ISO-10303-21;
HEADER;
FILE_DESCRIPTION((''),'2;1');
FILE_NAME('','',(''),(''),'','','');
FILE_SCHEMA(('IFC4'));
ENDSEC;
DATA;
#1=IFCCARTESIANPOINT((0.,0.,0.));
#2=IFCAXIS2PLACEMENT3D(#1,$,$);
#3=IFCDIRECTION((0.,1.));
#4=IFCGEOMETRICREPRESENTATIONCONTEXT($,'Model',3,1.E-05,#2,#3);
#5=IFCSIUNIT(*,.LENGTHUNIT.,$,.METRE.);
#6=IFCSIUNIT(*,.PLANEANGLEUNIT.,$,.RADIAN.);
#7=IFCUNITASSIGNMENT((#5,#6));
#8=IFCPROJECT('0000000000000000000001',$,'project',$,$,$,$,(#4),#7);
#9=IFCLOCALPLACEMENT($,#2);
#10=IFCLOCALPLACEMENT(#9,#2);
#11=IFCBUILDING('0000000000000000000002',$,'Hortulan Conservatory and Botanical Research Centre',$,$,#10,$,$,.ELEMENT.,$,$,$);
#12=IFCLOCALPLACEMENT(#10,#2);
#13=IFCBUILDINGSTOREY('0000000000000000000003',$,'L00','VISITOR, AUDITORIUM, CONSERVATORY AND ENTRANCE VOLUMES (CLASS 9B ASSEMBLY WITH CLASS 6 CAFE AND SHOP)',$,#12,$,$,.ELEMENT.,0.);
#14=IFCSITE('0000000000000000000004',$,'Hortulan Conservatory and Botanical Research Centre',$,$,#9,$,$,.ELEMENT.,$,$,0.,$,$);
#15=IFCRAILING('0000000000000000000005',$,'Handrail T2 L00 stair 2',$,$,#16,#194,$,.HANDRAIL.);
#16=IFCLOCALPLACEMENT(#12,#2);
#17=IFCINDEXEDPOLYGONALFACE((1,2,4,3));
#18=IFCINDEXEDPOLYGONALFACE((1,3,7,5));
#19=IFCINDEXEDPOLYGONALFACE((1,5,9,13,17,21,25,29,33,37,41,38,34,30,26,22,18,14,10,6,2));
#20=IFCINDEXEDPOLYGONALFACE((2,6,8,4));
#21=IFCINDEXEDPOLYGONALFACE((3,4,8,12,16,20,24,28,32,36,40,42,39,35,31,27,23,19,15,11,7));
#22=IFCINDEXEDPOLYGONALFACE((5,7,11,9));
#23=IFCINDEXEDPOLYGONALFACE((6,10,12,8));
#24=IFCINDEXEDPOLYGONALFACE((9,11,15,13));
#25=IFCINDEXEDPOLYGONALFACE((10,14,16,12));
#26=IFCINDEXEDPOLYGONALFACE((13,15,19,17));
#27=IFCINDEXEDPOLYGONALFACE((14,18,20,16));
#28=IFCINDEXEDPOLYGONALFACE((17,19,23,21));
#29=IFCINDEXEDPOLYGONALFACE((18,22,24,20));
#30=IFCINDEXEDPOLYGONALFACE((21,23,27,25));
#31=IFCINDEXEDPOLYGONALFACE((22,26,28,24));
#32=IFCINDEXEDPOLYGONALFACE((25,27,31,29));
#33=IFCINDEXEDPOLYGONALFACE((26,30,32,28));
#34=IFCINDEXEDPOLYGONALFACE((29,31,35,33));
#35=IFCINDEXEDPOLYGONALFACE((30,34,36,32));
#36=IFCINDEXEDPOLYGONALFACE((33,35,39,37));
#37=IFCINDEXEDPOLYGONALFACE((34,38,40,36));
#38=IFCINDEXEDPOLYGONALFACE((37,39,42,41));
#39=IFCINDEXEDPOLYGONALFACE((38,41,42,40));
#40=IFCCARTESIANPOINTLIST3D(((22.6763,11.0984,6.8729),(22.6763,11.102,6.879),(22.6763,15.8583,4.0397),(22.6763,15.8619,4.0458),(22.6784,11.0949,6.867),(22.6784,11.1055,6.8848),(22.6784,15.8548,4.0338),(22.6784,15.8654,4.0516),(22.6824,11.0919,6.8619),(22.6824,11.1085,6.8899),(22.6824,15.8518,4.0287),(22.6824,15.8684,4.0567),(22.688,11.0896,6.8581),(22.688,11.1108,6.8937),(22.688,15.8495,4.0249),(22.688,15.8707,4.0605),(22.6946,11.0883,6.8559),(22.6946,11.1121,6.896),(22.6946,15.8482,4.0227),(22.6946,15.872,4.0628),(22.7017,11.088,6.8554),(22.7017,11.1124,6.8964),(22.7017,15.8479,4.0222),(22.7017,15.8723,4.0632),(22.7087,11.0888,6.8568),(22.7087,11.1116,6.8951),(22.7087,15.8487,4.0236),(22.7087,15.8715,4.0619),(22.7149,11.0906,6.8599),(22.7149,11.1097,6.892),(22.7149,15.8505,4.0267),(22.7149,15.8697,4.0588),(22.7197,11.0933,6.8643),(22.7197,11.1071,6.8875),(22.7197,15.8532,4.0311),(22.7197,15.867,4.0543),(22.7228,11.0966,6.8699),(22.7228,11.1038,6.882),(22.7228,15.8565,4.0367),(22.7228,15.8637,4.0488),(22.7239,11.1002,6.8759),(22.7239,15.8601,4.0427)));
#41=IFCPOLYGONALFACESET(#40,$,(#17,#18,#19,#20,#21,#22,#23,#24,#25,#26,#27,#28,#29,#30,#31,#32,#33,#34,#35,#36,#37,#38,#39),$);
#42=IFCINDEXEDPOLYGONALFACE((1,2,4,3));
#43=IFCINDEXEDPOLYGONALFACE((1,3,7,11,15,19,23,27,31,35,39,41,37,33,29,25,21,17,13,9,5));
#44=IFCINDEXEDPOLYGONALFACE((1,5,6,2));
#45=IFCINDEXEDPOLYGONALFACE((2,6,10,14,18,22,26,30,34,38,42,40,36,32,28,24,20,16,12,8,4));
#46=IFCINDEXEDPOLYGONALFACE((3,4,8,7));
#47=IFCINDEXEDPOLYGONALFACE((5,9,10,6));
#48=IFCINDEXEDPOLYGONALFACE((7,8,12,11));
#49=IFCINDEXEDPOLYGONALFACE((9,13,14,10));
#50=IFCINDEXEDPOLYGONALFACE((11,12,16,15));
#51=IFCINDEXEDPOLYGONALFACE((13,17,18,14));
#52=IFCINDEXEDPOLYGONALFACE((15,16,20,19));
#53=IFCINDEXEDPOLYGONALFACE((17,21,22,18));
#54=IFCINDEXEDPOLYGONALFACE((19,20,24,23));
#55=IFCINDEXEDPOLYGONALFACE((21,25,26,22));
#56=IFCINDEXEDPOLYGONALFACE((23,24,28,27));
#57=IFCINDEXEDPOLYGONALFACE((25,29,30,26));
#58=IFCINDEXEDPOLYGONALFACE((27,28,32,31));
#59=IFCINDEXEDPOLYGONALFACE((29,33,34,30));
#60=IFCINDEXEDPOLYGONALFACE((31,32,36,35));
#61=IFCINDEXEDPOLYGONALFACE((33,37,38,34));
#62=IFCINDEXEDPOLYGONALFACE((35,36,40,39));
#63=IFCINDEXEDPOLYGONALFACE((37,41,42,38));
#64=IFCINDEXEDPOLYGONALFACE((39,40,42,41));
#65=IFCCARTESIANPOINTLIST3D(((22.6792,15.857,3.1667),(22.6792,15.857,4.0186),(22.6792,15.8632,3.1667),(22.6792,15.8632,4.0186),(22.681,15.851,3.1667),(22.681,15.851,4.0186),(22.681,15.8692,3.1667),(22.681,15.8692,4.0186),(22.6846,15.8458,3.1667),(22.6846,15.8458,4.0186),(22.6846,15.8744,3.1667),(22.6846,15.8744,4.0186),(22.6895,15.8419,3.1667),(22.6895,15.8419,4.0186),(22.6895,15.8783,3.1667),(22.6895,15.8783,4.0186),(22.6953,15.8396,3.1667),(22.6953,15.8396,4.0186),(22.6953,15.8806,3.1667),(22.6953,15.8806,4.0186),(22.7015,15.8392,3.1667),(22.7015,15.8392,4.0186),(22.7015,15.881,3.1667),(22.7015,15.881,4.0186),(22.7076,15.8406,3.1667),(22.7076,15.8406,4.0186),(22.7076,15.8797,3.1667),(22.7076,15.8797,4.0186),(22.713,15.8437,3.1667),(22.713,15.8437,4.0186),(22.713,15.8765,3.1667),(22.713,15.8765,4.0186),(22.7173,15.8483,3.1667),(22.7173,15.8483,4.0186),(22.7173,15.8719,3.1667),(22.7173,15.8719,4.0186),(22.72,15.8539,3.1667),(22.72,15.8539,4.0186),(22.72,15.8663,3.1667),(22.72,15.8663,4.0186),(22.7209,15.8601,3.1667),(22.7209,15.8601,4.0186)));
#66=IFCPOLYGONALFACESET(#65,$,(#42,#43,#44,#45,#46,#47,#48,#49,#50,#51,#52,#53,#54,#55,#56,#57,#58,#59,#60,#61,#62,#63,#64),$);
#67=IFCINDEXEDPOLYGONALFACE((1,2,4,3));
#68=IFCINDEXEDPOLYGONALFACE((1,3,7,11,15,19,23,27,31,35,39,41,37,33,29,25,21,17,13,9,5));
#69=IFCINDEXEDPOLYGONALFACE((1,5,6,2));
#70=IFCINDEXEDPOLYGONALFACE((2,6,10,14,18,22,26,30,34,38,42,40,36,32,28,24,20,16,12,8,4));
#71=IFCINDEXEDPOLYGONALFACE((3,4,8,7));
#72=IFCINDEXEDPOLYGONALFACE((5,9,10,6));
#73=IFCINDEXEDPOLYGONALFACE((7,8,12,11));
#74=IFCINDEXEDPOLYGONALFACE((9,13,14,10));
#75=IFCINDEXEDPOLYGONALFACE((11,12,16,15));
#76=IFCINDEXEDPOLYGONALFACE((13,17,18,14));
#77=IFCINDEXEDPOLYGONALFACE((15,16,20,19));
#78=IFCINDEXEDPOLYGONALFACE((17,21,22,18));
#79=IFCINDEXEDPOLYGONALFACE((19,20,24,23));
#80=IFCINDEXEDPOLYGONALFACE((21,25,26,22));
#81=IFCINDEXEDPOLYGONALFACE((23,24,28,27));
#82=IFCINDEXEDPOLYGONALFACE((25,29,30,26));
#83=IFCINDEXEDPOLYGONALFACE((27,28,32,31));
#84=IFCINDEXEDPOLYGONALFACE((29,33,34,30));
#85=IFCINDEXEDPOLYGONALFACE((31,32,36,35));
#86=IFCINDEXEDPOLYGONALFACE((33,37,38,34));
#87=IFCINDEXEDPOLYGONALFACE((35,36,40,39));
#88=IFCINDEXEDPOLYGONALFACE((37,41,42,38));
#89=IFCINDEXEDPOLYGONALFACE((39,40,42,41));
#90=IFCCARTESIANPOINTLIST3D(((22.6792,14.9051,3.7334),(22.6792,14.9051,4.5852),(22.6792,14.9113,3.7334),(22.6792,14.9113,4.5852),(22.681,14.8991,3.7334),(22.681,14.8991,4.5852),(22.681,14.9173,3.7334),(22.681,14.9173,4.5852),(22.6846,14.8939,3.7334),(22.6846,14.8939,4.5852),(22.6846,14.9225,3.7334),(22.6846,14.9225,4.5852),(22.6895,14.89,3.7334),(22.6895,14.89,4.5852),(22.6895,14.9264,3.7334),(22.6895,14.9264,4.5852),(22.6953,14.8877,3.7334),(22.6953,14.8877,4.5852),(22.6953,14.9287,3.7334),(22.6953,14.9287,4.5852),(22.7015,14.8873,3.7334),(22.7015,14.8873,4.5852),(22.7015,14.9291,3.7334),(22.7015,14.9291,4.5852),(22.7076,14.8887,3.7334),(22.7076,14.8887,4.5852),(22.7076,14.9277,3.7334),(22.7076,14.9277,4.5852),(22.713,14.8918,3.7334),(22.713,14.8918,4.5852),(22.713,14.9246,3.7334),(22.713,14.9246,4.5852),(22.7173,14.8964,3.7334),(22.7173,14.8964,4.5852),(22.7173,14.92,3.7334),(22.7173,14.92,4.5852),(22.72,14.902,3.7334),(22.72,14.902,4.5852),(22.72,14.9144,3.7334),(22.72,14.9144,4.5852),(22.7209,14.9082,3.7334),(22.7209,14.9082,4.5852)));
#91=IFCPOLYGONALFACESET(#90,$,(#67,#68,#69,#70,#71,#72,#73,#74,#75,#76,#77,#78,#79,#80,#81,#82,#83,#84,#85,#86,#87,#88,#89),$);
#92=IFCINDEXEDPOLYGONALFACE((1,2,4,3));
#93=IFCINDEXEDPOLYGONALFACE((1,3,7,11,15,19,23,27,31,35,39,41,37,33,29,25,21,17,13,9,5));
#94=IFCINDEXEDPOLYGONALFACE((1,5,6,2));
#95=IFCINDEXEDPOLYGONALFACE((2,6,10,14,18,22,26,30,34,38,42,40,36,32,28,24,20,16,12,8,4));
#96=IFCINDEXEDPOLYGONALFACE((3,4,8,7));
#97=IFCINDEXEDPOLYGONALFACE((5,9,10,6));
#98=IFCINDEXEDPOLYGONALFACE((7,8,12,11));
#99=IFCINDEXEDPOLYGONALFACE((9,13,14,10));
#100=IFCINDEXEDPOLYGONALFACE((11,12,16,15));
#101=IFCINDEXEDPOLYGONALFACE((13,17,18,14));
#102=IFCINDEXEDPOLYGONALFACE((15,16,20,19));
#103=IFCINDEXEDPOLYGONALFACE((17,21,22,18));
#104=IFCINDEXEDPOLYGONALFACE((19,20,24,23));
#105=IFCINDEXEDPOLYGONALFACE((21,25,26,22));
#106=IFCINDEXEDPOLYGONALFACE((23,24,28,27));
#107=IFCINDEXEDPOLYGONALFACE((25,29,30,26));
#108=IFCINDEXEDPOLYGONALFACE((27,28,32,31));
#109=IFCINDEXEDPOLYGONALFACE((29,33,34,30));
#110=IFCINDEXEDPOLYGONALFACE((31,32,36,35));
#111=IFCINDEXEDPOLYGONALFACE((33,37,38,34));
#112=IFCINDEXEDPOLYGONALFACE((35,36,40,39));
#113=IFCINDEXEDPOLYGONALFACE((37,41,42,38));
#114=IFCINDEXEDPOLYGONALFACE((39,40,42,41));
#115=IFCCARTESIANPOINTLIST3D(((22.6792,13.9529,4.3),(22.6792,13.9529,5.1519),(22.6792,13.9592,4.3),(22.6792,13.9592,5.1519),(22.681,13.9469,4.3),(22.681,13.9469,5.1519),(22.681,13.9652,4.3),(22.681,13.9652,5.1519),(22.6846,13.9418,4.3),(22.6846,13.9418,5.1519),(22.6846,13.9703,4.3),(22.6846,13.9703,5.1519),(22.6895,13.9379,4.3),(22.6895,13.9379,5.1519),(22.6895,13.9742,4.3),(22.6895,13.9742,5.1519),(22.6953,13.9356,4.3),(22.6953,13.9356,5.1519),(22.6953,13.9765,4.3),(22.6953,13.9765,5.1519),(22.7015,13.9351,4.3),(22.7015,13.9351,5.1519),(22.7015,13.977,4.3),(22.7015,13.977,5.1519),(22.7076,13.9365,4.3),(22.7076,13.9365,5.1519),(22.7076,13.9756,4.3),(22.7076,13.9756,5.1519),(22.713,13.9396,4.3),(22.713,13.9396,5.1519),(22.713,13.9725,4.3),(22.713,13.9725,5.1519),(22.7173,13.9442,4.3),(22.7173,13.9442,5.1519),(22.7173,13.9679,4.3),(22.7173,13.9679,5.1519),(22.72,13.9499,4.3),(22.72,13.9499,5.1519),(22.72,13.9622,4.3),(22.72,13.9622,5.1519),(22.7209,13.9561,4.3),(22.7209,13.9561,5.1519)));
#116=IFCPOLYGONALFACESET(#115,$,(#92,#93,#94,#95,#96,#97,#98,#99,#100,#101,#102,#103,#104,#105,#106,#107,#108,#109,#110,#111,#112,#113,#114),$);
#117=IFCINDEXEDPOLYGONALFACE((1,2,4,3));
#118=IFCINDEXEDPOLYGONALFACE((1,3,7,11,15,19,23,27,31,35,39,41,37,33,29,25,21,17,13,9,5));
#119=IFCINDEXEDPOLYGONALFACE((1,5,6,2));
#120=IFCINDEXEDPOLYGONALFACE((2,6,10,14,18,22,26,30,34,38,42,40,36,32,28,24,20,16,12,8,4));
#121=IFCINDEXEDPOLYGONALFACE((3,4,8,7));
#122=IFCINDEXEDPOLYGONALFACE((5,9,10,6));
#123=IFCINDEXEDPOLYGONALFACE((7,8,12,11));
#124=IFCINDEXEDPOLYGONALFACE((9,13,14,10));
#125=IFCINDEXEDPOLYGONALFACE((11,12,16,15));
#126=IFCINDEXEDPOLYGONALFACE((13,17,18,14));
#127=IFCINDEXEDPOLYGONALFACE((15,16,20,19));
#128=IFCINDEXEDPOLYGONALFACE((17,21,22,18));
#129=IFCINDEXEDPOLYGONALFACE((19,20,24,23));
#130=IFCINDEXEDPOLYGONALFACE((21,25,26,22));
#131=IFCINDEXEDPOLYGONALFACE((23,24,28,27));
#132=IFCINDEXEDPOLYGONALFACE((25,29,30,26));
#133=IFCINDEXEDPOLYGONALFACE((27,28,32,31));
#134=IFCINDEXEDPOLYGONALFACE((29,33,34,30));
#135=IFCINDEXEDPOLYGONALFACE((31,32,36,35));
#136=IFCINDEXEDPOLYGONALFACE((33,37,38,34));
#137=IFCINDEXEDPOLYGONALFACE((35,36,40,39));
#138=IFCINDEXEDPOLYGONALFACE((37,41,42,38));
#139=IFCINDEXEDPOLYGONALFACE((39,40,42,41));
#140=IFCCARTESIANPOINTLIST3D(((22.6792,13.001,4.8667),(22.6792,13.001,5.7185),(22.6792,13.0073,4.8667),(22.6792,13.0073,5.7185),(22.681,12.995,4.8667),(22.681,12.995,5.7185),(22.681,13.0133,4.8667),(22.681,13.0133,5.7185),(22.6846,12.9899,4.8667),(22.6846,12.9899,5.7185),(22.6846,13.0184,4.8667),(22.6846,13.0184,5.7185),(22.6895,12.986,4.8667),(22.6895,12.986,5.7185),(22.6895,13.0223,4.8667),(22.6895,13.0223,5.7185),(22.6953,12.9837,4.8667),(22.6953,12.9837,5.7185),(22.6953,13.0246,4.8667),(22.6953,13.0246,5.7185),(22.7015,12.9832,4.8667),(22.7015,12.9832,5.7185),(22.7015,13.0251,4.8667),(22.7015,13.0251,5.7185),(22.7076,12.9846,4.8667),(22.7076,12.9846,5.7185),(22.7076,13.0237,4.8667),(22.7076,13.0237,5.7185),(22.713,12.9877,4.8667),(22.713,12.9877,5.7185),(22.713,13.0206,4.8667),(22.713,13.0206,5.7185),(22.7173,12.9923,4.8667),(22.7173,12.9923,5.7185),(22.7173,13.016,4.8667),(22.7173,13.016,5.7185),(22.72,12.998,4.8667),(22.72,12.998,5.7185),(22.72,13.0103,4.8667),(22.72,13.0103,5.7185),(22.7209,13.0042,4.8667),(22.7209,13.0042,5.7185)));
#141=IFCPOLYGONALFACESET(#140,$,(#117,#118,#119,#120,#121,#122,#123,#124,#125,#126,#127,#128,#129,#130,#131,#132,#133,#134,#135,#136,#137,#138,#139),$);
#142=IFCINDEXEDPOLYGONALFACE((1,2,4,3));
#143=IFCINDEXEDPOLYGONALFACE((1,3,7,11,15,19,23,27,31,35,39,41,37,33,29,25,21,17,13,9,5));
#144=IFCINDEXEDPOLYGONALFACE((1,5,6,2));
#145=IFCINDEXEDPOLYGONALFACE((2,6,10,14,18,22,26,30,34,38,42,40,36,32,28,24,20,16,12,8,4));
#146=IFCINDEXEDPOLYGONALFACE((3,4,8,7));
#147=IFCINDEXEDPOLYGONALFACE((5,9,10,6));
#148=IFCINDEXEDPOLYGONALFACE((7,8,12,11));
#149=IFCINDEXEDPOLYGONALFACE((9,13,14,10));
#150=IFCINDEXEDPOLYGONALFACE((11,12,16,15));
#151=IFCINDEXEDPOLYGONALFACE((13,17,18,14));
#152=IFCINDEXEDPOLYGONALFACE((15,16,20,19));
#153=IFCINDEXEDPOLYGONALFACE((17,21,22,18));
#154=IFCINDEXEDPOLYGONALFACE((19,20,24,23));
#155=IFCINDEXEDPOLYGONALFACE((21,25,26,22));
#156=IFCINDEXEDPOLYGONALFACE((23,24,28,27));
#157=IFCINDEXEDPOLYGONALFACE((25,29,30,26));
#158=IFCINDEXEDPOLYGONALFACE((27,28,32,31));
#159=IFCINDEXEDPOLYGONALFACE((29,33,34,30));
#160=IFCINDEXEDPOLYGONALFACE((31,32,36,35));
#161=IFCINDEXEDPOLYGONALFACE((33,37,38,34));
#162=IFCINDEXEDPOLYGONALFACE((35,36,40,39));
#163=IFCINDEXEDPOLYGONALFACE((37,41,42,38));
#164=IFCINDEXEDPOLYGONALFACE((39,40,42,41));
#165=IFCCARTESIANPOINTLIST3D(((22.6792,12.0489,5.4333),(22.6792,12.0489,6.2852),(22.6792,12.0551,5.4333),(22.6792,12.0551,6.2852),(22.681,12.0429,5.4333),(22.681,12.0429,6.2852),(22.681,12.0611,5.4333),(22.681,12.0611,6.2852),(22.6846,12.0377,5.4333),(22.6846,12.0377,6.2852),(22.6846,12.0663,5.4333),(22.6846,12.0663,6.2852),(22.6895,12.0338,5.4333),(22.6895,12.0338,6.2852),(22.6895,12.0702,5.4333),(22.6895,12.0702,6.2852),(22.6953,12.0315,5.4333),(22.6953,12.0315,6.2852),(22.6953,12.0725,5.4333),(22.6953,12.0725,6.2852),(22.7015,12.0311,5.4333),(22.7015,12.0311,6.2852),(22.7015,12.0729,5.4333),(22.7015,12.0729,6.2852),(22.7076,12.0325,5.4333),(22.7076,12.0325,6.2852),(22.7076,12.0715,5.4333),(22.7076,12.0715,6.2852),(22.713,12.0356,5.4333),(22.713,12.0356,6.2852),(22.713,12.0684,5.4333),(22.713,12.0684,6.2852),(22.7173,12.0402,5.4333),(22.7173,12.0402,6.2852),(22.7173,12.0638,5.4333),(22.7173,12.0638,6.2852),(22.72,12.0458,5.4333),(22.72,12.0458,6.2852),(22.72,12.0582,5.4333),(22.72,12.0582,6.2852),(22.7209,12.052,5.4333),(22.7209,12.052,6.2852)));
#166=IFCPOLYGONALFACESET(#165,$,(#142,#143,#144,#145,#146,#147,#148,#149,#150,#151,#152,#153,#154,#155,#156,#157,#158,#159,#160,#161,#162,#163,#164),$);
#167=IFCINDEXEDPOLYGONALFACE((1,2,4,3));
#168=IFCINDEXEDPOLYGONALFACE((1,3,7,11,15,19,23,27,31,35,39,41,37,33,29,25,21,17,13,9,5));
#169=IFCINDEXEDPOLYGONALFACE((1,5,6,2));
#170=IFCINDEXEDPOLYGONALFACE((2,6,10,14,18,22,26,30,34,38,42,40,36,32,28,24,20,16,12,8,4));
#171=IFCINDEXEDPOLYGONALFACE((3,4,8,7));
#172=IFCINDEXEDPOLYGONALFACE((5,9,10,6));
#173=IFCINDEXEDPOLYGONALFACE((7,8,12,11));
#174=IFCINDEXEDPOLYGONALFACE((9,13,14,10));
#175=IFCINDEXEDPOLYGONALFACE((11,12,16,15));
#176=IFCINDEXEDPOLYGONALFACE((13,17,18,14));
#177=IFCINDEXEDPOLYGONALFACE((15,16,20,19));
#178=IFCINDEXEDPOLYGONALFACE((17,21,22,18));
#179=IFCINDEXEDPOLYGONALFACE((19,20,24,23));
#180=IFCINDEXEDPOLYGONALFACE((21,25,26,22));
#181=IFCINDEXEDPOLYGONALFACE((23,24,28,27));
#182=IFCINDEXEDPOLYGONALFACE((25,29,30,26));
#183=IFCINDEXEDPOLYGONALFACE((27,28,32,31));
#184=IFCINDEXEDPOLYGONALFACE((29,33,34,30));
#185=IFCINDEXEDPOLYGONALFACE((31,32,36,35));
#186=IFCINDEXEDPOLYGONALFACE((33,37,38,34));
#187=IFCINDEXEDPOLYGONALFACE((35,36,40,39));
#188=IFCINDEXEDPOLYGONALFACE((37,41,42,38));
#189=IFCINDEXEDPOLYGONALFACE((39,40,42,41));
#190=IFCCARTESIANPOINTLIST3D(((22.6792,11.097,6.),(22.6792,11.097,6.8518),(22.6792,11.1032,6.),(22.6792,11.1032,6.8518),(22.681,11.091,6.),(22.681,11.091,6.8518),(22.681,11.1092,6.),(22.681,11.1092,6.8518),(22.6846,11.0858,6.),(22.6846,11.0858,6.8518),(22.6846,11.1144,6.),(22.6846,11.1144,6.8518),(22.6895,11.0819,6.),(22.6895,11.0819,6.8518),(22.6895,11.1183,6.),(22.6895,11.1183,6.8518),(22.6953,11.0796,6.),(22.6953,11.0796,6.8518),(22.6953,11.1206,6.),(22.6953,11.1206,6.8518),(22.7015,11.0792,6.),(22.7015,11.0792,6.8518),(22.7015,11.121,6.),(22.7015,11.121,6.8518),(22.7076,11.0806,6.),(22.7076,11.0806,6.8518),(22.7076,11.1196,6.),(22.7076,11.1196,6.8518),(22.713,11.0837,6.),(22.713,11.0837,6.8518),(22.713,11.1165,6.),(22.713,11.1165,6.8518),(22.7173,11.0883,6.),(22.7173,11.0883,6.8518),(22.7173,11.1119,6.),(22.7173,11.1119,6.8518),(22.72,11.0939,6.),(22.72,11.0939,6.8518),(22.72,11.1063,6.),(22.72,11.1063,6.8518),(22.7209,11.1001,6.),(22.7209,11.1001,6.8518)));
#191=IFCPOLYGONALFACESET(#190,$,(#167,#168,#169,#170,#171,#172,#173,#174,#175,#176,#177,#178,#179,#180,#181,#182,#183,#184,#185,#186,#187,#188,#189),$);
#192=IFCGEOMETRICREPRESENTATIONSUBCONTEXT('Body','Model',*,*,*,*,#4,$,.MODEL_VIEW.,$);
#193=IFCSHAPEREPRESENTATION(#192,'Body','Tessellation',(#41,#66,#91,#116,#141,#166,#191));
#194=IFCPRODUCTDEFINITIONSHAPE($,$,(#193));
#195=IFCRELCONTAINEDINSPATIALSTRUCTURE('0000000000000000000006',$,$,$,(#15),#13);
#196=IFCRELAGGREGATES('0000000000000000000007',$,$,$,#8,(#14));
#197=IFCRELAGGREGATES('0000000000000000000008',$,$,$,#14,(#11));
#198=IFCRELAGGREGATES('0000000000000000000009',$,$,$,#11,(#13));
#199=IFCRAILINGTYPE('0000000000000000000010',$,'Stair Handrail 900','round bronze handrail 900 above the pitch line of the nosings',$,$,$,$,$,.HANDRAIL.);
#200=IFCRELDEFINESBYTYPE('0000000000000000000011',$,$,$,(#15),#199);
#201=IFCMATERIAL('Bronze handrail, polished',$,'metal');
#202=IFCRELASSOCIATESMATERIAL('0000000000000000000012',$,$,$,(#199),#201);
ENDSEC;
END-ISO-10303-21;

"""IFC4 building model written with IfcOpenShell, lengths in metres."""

from ifc_helpers import new_model, si_unit, direction, frame, origin, origin_2d, place, context, subcontext, project, spatial, circle, extrude, material, type_object, element, save


model = new_model("IFC4")

# Units and contexts
model_context = context("Model", 3, precision=1e-05, world=origin(), true_north=direction((0.0, 1.0)))
body_context = subcontext(model_context, "Body", "Model", "MODEL_VIEW")
ifc_project = project(units=[si_unit("LENGTHUNIT", "METRE"), si_unit("PLANEANGLEUNIT", "RADIAN")], contexts=[model_context])

# Site, building, storey
site_placement = place(None, origin())
site = spatial("IfcSite", under=ifc_project, at=site_placement, Name="Hortulan Conservatory and Botanical Research Centre", CompositionType="ELEMENT", RefElevation=0.0)
building_placement = place(site_placement, origin())
building = spatial("IfcBuilding", under=site, at=building_placement, Name="Hortulan Conservatory and Botanical Research Centre", CompositionType="ELEMENT")
storey_placement = place(building_placement, origin())
storey = spatial("IfcBuildingStorey", under=building, at=storey_placement, Name="L00", Description="VISITOR, AUDITORIUM, CONSERVATORY AND ENTRANCE VOLUMES (CLASS 9B ASSEMBLY WITH CLASS 6 CAFE AND SHOP)", CompositionType="ELEMENT", Elevation=0.0)

# Railing
ifc_material_1 = material(Name="Bronze handrail, polished", Category="metal")
railing_type_1 = type_object("IfcRailingType", Name="Stair Handrail 900", Description="round bronze handrail 900 above the pitch line of the nosings", PredefinedType="HANDRAIL", material=ifc_material_1)
railing_1_placement = place(storey_placement, frame((22.7, 15.8601, 3.1667)))
element("IfcRailing", 1, at=railing_1_placement, inside=storey, type_object=railing_type_1, Name="Handrail T2 L00 stair 2", PredefinedType="HANDRAIL", context=body_context, shape_type="SweptSolid", body=[
    extrude(circle(Radius=0.0239, at=origin_2d()), frame((0.0, 0.0, 0.876), z_axis=(0.0, -0.8593, 0.511472), x_axis=(1.0, 0.0, 0.0)), (0.0, 0.0, 1.0), 5.5393),
    extrude(circle(Radius=0.021, at=origin_2d()), origin(), (0.0, 0.0, 1.0), 0.8518),
    extrude(circle(Radius=0.021, at=origin_2d()), frame((0.0, -0.9519, 0.5667)), (0.0, 0.0, 1.0), 0.8518),
    extrude(circle(Radius=0.021, at=origin_2d()), frame((0.0, -1.9041, 1.1333)), (0.0, 0.0, 1.0), 0.8518),
    extrude(circle(Radius=0.021, at=origin_2d()), frame((0.0, -2.856, 1.7)), (0.0, 0.0, 1.0), 0.8518),
    extrude(circle(Radius=0.021, at=origin_2d()), frame((0.0, -3.8081, 2.2666)), (0.0, 0.0, 1.0), 0.8518),
    extrude(circle(Radius=0.021, at=origin_2d()), frame((0.0, -4.76, 2.8333)), (0.0, 0.0, 1.0), 0.8518),
])

save(model, "model.ifc")
